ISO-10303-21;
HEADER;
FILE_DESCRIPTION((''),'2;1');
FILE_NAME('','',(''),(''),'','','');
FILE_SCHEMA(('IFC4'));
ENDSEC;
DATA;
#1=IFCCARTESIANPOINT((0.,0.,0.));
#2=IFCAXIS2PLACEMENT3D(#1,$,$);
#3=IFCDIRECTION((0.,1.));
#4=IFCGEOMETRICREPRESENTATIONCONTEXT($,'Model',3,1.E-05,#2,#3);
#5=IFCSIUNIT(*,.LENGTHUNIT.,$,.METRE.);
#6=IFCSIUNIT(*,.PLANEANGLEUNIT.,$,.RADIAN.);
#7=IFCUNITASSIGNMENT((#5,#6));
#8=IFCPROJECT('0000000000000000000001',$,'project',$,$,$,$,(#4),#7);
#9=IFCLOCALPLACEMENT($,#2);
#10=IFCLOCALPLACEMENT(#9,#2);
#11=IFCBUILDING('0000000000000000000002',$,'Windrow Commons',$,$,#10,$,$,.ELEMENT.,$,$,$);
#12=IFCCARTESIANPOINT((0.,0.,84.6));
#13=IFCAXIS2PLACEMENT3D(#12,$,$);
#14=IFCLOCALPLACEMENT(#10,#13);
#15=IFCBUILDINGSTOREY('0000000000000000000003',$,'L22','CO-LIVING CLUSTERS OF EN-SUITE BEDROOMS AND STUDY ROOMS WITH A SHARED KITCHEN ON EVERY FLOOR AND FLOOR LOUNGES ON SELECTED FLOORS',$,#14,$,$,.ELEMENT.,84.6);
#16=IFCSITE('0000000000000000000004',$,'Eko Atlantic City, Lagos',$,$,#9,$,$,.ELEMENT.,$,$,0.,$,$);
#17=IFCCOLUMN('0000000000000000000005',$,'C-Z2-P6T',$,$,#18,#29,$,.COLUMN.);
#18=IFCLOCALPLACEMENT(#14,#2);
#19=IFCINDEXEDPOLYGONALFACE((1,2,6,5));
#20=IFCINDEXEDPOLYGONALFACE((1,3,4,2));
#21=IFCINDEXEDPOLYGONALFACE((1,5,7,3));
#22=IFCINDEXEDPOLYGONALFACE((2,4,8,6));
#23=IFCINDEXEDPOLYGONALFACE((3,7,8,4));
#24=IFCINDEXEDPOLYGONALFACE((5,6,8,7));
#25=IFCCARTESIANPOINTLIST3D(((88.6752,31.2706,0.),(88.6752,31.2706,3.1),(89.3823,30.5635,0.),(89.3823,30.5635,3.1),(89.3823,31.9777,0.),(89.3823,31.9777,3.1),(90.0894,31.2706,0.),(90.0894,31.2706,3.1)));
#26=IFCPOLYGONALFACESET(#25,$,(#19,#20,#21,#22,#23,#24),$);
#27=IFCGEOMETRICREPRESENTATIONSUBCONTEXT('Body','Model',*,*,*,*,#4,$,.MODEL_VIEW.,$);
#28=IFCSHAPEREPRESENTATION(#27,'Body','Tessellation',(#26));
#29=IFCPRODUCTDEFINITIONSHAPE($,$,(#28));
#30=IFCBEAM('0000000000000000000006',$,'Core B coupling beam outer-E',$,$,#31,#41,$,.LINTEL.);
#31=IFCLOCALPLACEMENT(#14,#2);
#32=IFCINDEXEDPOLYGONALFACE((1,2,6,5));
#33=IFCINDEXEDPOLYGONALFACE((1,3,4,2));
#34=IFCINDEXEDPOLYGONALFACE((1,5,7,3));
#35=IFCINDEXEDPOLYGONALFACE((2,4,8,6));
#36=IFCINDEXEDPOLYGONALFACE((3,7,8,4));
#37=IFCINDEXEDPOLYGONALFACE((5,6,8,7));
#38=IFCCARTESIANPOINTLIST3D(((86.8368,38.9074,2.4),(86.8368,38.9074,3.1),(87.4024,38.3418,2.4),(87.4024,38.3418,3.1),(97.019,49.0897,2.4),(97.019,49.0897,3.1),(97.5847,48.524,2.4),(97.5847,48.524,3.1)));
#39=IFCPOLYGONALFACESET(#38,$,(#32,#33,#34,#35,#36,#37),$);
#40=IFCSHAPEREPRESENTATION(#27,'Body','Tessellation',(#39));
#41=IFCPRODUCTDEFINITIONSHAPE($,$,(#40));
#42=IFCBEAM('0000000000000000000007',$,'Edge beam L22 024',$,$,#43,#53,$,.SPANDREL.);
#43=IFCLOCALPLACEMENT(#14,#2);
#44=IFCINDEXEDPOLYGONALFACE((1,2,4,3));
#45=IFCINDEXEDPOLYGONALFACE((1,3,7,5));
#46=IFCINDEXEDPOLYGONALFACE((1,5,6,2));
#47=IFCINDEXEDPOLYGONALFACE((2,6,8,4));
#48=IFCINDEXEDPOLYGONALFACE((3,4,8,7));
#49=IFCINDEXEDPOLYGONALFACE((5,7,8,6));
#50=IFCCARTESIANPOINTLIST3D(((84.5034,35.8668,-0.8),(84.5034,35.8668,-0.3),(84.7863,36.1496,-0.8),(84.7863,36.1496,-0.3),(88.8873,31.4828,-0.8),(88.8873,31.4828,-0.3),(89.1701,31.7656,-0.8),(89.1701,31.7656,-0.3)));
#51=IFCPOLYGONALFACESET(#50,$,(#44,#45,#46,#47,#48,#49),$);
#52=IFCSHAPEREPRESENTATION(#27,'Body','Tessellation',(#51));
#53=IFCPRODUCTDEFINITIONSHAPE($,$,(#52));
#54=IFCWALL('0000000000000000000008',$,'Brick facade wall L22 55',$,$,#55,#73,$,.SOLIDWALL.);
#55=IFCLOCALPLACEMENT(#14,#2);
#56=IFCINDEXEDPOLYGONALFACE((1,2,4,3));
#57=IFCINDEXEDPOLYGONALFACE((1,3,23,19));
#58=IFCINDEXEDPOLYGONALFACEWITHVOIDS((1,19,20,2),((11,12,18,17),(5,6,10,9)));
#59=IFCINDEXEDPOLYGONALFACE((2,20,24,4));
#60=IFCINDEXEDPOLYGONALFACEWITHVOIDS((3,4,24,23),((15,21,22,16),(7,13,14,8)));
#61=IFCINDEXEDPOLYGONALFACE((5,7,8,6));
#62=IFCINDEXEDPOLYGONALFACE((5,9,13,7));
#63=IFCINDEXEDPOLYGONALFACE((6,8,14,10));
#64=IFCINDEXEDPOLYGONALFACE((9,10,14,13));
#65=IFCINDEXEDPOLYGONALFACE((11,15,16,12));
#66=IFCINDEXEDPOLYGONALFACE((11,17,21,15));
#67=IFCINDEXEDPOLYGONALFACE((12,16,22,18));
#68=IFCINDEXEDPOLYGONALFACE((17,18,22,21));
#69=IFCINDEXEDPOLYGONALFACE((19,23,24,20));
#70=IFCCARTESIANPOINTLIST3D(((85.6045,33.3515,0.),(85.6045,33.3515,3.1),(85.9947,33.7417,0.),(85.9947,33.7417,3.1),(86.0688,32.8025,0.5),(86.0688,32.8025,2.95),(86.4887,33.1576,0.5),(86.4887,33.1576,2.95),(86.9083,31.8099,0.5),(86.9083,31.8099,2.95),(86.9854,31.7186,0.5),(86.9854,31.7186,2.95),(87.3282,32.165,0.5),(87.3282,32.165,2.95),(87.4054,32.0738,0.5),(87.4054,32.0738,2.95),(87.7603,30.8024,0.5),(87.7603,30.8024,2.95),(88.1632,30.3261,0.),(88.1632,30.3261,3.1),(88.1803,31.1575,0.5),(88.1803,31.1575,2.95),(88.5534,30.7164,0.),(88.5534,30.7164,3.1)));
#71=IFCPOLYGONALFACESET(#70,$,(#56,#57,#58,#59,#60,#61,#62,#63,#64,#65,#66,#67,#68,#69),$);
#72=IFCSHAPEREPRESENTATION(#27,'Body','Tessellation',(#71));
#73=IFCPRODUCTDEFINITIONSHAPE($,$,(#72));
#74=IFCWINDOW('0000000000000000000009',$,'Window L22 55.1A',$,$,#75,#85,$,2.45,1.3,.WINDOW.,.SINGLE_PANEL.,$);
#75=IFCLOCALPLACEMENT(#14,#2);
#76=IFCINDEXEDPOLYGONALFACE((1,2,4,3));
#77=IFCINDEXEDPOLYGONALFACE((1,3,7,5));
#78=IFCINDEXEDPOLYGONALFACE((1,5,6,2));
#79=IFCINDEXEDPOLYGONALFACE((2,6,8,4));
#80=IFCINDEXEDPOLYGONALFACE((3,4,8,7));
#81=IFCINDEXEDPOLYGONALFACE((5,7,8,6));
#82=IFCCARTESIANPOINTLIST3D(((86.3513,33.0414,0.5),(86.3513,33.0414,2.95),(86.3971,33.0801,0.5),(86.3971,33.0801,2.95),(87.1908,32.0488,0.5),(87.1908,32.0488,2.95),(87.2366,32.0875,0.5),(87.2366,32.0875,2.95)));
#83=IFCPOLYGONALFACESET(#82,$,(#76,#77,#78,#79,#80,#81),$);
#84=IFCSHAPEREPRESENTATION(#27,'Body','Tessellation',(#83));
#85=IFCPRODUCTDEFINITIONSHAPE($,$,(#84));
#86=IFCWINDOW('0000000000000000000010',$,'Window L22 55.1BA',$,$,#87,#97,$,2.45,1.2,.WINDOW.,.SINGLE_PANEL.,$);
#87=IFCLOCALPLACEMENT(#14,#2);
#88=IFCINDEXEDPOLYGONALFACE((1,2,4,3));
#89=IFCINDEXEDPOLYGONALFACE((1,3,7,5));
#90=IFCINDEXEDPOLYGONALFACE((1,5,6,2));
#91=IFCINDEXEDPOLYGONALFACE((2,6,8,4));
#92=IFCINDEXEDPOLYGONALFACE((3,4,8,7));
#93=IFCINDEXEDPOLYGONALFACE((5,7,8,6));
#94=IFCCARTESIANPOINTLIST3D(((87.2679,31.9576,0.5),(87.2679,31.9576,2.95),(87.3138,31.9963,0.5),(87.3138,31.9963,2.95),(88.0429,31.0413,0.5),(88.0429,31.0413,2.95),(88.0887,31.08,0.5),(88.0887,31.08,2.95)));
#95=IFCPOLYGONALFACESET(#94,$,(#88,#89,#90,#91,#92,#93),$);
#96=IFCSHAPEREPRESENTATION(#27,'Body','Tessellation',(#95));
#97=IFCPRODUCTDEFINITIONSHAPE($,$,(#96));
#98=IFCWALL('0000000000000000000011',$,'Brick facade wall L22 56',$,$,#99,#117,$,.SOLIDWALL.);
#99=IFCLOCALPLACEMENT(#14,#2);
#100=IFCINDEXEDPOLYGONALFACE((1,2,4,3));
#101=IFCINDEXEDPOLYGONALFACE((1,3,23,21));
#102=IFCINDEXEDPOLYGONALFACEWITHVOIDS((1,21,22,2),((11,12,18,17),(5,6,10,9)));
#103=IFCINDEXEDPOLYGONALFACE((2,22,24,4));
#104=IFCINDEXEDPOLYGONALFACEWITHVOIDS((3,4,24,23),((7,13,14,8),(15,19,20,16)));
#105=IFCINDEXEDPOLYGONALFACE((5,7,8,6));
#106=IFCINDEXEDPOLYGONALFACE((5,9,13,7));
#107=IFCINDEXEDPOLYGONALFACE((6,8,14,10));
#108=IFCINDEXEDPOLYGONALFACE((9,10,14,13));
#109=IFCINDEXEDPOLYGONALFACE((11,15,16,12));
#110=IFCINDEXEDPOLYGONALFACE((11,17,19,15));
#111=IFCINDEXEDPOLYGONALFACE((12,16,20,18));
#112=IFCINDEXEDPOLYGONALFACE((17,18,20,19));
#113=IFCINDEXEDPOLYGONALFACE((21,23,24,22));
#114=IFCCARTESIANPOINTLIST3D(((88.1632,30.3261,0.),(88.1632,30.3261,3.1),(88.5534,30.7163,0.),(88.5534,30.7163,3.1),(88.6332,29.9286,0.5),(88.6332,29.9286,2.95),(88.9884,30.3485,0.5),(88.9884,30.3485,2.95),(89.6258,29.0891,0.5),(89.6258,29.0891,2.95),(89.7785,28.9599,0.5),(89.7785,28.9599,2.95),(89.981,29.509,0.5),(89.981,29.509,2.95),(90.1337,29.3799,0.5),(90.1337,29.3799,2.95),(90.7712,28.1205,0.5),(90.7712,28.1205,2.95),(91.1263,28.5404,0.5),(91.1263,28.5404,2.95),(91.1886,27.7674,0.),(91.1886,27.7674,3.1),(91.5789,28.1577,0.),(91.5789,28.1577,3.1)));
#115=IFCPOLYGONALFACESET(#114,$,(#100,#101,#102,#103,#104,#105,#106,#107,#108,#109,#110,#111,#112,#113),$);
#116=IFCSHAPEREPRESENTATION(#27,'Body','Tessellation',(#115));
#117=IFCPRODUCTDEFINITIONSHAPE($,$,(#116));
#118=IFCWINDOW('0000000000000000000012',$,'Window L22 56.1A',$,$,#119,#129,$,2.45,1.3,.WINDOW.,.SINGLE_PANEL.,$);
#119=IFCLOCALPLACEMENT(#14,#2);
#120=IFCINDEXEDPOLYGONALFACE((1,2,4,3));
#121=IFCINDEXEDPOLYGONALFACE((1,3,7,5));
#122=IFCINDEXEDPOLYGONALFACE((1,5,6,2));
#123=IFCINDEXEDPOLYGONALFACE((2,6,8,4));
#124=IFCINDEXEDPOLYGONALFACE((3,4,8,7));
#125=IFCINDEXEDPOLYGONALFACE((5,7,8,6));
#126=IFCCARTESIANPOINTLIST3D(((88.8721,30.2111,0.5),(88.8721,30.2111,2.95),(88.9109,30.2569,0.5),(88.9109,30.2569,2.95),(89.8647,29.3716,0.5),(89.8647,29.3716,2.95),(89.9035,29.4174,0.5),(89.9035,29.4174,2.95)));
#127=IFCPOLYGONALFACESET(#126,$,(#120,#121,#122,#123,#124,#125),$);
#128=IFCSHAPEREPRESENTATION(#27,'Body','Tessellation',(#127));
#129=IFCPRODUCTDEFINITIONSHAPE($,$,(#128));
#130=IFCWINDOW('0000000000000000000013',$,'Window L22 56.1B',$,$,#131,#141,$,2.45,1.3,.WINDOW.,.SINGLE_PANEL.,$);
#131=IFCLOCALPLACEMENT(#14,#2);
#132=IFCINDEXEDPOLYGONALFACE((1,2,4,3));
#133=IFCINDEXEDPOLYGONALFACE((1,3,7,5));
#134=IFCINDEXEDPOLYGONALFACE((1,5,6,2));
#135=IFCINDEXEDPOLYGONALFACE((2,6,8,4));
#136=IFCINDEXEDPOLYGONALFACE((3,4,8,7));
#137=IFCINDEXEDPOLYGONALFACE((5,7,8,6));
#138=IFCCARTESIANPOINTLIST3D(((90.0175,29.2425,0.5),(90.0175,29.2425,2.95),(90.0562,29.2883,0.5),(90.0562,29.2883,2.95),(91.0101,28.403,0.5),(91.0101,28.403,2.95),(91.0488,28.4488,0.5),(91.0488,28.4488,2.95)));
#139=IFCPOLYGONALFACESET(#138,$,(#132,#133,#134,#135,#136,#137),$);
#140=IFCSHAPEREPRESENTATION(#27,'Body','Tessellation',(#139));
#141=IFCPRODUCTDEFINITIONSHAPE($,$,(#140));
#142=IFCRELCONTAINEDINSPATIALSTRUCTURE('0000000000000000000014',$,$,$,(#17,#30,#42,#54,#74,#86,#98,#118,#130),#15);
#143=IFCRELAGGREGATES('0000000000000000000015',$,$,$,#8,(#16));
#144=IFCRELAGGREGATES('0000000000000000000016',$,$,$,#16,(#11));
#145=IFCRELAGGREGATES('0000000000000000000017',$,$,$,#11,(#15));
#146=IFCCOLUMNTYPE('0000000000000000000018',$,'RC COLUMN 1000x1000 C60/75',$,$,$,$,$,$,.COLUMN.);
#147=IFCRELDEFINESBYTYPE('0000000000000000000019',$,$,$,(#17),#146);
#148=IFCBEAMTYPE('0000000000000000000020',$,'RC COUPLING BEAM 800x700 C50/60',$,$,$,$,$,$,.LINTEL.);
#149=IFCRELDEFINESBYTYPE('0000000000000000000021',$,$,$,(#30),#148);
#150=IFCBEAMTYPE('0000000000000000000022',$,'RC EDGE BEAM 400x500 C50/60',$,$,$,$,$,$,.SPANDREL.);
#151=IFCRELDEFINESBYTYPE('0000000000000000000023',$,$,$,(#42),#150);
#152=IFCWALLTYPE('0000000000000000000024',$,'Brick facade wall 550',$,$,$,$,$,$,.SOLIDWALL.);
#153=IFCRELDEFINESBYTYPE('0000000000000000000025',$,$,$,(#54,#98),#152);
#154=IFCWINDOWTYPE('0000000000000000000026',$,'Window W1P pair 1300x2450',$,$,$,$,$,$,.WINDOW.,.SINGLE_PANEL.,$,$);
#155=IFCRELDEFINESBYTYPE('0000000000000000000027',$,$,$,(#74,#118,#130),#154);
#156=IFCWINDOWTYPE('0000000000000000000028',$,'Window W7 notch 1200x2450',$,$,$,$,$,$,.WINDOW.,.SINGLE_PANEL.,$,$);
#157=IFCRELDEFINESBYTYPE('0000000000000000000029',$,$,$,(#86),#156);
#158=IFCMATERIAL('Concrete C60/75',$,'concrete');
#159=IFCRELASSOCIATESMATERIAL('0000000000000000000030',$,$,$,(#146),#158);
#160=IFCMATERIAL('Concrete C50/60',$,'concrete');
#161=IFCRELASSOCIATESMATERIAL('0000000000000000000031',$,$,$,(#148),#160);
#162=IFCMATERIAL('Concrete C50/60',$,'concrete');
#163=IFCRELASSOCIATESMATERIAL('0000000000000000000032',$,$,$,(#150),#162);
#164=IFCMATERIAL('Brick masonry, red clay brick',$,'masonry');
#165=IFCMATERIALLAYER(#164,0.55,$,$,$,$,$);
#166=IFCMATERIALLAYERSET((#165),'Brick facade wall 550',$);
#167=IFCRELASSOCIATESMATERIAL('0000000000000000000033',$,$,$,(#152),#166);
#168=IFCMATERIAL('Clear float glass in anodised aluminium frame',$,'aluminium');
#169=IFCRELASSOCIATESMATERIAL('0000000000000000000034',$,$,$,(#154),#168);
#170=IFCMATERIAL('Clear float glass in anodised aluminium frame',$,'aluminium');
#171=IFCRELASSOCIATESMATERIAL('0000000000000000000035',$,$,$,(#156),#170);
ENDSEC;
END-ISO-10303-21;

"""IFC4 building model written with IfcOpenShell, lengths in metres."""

from ifc_helpers import new_model, si_unit, direction, frame, frame_2d, origin, origin_2d, place, context, subcontext, project, spatial, polyline, rectangle, outline, extrude, material, layer, layer_set, material_profile, profile_set, type_object, element, fill, save


model = new_model("IFC4")

# Units and contexts
model_context = context("Model", 3, precision=1e-05, world=origin(), true_north=direction((0.0, 1.0)))
body_context = subcontext(model_context, "Body", "Model", "MODEL_VIEW")
ifc_project = project(units=[si_unit("LENGTHUNIT", "METRE"), si_unit("PLANEANGLEUNIT", "RADIAN")], contexts=[model_context])

# Site, building, storey
site_placement = place(None, origin())
site = spatial("IfcSite", under=ifc_project, at=site_placement, Name="Eko Atlantic City, Lagos", CompositionType="ELEMENT", RefElevation=0.0)
building_placement = place(site_placement, origin())
building = spatial("IfcBuilding", under=site, at=building_placement, Name="Windrow Commons", CompositionType="ELEMENT")
storey_placement = place(building_placement, frame((0.0, 0.0, 84.6)))
storey = spatial("IfcBuildingStorey", under=building, at=storey_placement, Name="L22", Description="CO-LIVING CLUSTERS OF EN-SUITE BEDROOMS AND STUDY ROOMS WITH A SHARED KITCHEN ON EVERY FLOOR AND FLOOR LOUNGES ON SELECTED FLOORS", CompositionType="ELEMENT", Elevation=84.6)

# Column
ifc_material_1 = material(Name="Concrete C60/75", Category="concrete")
ifc_material_profile_1 = material_profile(ifc_material_1, rectangle(XDim=1.0, YDim=1.0, at=origin_2d()))
ifc_profile_set_1 = profile_set([ifc_material_profile_1], Name="Concrete C60/75")
column_type = type_object("IfcColumnType", Name="RC COLUMN 1000x1000 C60/75", PredefinedType="COLUMN", material=ifc_profile_set_1)
column_placement = place(storey_placement, frame((89.3823, 31.2706, 0.0), z_axis=(0.0, 0.0, 1.0), x_axis=(0.707107, -0.707107, 0.0)))
element("IfcColumn", 1, at=column_placement, inside=storey, type_object=column_type, Name="C-Z2-P6T", PredefinedType="COLUMN", context=body_context, shape_type="SweptSolid", body=[
    extrude(rectangle(XDim=1.0, YDim=1.0, at=origin_2d()), origin(), (0.0, 0.0, 1.0), 3.1),
])

# Beams
ifc_material_2 = material(Name="Concrete C50/60", Category="concrete")
ifc_material_profile_2 = material_profile(ifc_material_2, rectangle(XDim=0.8, YDim=0.7, at=origin_2d()))
ifc_profile_set_2 = profile_set([ifc_material_profile_2], Name="Concrete C50/60")
beam_type_1 = type_object("IfcBeamType", Name="RC COUPLING BEAM 800x700 C50/60", PredefinedType="LINTEL", material=ifc_profile_set_2)
beam_1_placement = place(storey_placement, frame((87.1196, 38.6246, 2.75), z_axis=(0.707107, 0.707107, 0.0), x_axis=(-0.707107, 0.707107, 0.0)))
element("IfcBeam", 2, at=beam_1_placement, inside=storey, type_object=beam_type_1, Name="Core B coupling beam outer-E", PredefinedType="LINTEL", context=body_context, shape_type="SweptSolid", body=[
    extrude(rectangle(XDim=0.8, YDim=0.7, at=origin_2d()), origin(), (0.0, 0.0, 1.0), 14.3999),
])
ifc_material_3 = material(Name="Concrete C50/60", Category="concrete")
ifc_material_profile_3 = material_profile(ifc_material_3, rectangle(XDim=0.4, YDim=0.5, at=origin_2d()))
ifc_profile_set_3 = profile_set([ifc_material_profile_3], Name="Concrete C50/60")
beam_type_2 = type_object("IfcBeamType", Name="RC EDGE BEAM 400x500 C50/60", PredefinedType="SPANDREL", material=ifc_profile_set_3)
beam_2_placement = place(storey_placement, frame((89.0287, 31.6242, -0.55), z_axis=(-0.707099, 0.707115, 0.0), x_axis=(-0.707115, -0.707099, 0.0)))
element("IfcBeam", 3, at=beam_2_placement, inside=storey, type_object=beam_type_2, Name="Edge beam L22 024", PredefinedType="SPANDREL", context=body_context, shape_type="SweptSolid", body=[
    extrude(rectangle(XDim=0.4, YDim=0.5, at=origin_2d()), origin(), (0.0, 0.0, 1.0), 6.1998),
])

# Walls, openings, windows
ifc_material_4 = material(Name="Brick masonry, red clay brick", Category="masonry")
ifc_layer_1 = layer(ifc_material_4, 0.55)
ifc_layer_set_1 = layer_set([ifc_layer_1], Name="Brick facade wall 550")
wall_type_1 = type_object("IfcWallType", Name="Brick facade wall 550", PredefinedType="SOLIDWALL", material=ifc_layer_set_1)
wall_1_placement = place(storey_placement, frame((85.7996, 33.5466, 0.0), z_axis=(0.0, 0.0, 1.0), x_axis=(0.645758, -0.763542, 0.0)))
wall_1 = element("IfcWall", 4, at=wall_1_placement, inside=storey, type_object=wall_type_1, Name="Brick facade wall L22 55", PredefinedType="SOLIDWALL", context=body_context, shape_type="SweptSolid", body=[
    extrude(outline(polyline([(0.023, -0.275), (3.9853, -0.275), (3.9393, 0.275), (-0.023, 0.275), (0.023, -0.275)])), origin(), (0.0, 0.0, 1.0), 3.1),
])
opening_1_placement = place(wall_1_placement, frame((0.742, 0.0, 0.5)))
opening_1 = element("IfcOpeningElement", 5, at=opening_1_placement, cuts=wall_1, PredefinedType="OPENING", context=body_context, shape_type="SweptSolid", body=[
    extrude(rectangle(XDim=1.3, YDim=2.45, at=frame_2d((0.65, 1.225))), frame((0.0, 0.285, 0.0), z_axis=(0.0, -1.0, 0.0), x_axis=(1.0, 0.0, 0.0)), (0.0, 0.0, 1.0), 0.57),
])
opening_2_placement = place(wall_1_placement, frame((2.1615, 0.0, 0.5)))
opening_2 = element("IfcOpeningElement", 6, at=opening_2_placement, cuts=wall_1, PredefinedType="OPENING", context=body_context, shape_type="SweptSolid", body=[
    extrude(rectangle(XDim=1.2, YDim=2.45, at=frame_2d((0.6, 1.225))), frame((0.0, 0.285, 0.0), z_axis=(0.0, -1.0, 0.0), x_axis=(1.0, 0.0, 0.0)), (0.0, 0.0, 1.0), 0.57),
])
ifc_material_5 = material(Name="Clear float glass in anodised aluminium frame", Category="aluminium")
window_type_1 = type_object("IfcWindowType", Name="Window W1P pair 1300x2450", PartitioningType="SINGLE_PANEL", PredefinedType="WINDOW", material=ifc_material_5)
window_1_placement = place(opening_1_placement, origin())
window_1 = element("IfcWindow", 7, at=window_1_placement, inside=storey, type_object=window_type_1, Name="Window L22 55.1A", OverallHeight=2.45, OverallWidth=1.3, PartitioningType="SINGLE_PANEL", PredefinedType="WINDOW", context=body_context, shape_type="SweptSolid", body=[
    extrude(rectangle(XDim=1.3, YDim=2.45, at=frame_2d((0.65, 1.225))), frame((0.0, 0.155, 0.0), z_axis=(0.0, -1.0, 0.0), x_axis=(1.0, 0.0, 0.0)), (0.0, 0.0, 1.0), 0.06),
])
fill(opening_1, window_1)
ifc_material_6 = material(Name="Clear float glass in anodised aluminium frame", Category="aluminium")
window_type_2 = type_object("IfcWindowType", Name="Window W7 notch 1200x2450", PartitioningType="SINGLE_PANEL", PredefinedType="WINDOW", material=ifc_material_6)
window_2_placement = place(opening_2_placement, origin())
window_2 = element("IfcWindow", 8, at=window_2_placement, inside=storey, type_object=window_type_2, Name="Window L22 55.1BA", OverallHeight=2.45, OverallWidth=1.2, PartitioningType="SINGLE_PANEL", PredefinedType="WINDOW", context=body_context, shape_type="SweptSolid", body=[
    extrude(rectangle(XDim=1.2, YDim=2.45, at=frame_2d((0.6, 1.225))), frame((0.0, 0.155, 0.0), z_axis=(0.0, -1.0, 0.0), x_axis=(1.0, 0.0, 0.0)), (0.0, 0.0, 1.0), 0.06),
])
fill(opening_2, window_2)
wall_2_placement = place(storey_placement, frame((88.3583, 30.5212, 0.0), z_axis=(0.0, 0.0, 1.0), x_axis=(0.763555, -0.645743, 0.0)))
wall_2 = element("IfcWall", 9, at=wall_2_placement, inside=storey, type_object=wall_type_1, Name="Brick facade wall L22 56", PredefinedType="SOLIDWALL", context=body_context, shape_type="SweptSolid", body=[
    extrude(outline(polyline([(-0.023, -0.275), (3.9393, -0.275), (3.9853, 0.275), (0.023, 0.275), (-0.023, -0.275)])), origin(), (0.0, 0.0, 1.0), 3.1),
])
opening_3_placement = place(wall_2_placement, frame((0.5926, 0.0, 0.5)))
opening_3 = element("IfcOpeningElement", 10, at=opening_3_placement, cuts=wall_2, PredefinedType="OPENING", context=body_context, shape_type="SweptSolid", body=[
    extrude(rectangle(XDim=1.3, YDim=2.45, at=frame_2d((0.65, 1.225))), frame((0.0, 0.285, 0.0), z_axis=(0.0, -1.0, 0.0), x_axis=(1.0, 0.0, 0.0)), (0.0, 0.0, 1.0), 0.57),
])
opening_4_placement = place(wall_2_placement, frame((2.0926, 0.0, 0.5)))
opening_4 = element("IfcOpeningElement", 11, at=opening_4_placement, cuts=wall_2, PredefinedType="OPENING", context=body_context, shape_type="SweptSolid", body=[
    extrude(rectangle(XDim=1.3, YDim=2.45, at=frame_2d((0.65, 1.225))), frame((0.0, 0.285, 0.0), z_axis=(0.0, -1.0, 0.0), x_axis=(1.0, 0.0, 0.0)), (0.0, 0.0, 1.0), 0.57),
])
window_3_placement = place(opening_3_placement, origin())
window_3 = element("IfcWindow", 12, at=window_3_placement, inside=storey, type_object=window_type_1, Name="Window L22 56.1A", OverallHeight=2.45, OverallWidth=1.3, PartitioningType="SINGLE_PANEL", PredefinedType="WINDOW", context=body_context, shape_type="SweptSolid", body=[
    extrude(rectangle(XDim=1.3, YDim=2.45, at=frame_2d((0.65, 1.225))), frame((0.0, 0.155, 0.0), z_axis=(0.0, -1.0, 0.0), x_axis=(1.0, 0.0, 0.0)), (0.0, 0.0, 1.0), 0.06),
])
fill(opening_3, window_3)
window_4_placement = place(opening_4_placement, origin())
window_4 = element("IfcWindow", 13, at=window_4_placement, inside=storey, type_object=window_type_1, Name="Window L22 56.1B", OverallHeight=2.45, OverallWidth=1.3, PartitioningType="SINGLE_PANEL", PredefinedType="WINDOW", context=body_context, shape_type="SweptSolid", body=[
    extrude(rectangle(XDim=1.3, YDim=2.45, at=frame_2d((0.65, 1.225))), frame((0.0, 0.155, 0.0), z_axis=(0.0, -1.0, 0.0), x_axis=(1.0, 0.0, 0.0)), (0.0, 0.0, 1.0), 0.06),
])
fill(opening_4, window_4)

save(model, "model.ifc")
